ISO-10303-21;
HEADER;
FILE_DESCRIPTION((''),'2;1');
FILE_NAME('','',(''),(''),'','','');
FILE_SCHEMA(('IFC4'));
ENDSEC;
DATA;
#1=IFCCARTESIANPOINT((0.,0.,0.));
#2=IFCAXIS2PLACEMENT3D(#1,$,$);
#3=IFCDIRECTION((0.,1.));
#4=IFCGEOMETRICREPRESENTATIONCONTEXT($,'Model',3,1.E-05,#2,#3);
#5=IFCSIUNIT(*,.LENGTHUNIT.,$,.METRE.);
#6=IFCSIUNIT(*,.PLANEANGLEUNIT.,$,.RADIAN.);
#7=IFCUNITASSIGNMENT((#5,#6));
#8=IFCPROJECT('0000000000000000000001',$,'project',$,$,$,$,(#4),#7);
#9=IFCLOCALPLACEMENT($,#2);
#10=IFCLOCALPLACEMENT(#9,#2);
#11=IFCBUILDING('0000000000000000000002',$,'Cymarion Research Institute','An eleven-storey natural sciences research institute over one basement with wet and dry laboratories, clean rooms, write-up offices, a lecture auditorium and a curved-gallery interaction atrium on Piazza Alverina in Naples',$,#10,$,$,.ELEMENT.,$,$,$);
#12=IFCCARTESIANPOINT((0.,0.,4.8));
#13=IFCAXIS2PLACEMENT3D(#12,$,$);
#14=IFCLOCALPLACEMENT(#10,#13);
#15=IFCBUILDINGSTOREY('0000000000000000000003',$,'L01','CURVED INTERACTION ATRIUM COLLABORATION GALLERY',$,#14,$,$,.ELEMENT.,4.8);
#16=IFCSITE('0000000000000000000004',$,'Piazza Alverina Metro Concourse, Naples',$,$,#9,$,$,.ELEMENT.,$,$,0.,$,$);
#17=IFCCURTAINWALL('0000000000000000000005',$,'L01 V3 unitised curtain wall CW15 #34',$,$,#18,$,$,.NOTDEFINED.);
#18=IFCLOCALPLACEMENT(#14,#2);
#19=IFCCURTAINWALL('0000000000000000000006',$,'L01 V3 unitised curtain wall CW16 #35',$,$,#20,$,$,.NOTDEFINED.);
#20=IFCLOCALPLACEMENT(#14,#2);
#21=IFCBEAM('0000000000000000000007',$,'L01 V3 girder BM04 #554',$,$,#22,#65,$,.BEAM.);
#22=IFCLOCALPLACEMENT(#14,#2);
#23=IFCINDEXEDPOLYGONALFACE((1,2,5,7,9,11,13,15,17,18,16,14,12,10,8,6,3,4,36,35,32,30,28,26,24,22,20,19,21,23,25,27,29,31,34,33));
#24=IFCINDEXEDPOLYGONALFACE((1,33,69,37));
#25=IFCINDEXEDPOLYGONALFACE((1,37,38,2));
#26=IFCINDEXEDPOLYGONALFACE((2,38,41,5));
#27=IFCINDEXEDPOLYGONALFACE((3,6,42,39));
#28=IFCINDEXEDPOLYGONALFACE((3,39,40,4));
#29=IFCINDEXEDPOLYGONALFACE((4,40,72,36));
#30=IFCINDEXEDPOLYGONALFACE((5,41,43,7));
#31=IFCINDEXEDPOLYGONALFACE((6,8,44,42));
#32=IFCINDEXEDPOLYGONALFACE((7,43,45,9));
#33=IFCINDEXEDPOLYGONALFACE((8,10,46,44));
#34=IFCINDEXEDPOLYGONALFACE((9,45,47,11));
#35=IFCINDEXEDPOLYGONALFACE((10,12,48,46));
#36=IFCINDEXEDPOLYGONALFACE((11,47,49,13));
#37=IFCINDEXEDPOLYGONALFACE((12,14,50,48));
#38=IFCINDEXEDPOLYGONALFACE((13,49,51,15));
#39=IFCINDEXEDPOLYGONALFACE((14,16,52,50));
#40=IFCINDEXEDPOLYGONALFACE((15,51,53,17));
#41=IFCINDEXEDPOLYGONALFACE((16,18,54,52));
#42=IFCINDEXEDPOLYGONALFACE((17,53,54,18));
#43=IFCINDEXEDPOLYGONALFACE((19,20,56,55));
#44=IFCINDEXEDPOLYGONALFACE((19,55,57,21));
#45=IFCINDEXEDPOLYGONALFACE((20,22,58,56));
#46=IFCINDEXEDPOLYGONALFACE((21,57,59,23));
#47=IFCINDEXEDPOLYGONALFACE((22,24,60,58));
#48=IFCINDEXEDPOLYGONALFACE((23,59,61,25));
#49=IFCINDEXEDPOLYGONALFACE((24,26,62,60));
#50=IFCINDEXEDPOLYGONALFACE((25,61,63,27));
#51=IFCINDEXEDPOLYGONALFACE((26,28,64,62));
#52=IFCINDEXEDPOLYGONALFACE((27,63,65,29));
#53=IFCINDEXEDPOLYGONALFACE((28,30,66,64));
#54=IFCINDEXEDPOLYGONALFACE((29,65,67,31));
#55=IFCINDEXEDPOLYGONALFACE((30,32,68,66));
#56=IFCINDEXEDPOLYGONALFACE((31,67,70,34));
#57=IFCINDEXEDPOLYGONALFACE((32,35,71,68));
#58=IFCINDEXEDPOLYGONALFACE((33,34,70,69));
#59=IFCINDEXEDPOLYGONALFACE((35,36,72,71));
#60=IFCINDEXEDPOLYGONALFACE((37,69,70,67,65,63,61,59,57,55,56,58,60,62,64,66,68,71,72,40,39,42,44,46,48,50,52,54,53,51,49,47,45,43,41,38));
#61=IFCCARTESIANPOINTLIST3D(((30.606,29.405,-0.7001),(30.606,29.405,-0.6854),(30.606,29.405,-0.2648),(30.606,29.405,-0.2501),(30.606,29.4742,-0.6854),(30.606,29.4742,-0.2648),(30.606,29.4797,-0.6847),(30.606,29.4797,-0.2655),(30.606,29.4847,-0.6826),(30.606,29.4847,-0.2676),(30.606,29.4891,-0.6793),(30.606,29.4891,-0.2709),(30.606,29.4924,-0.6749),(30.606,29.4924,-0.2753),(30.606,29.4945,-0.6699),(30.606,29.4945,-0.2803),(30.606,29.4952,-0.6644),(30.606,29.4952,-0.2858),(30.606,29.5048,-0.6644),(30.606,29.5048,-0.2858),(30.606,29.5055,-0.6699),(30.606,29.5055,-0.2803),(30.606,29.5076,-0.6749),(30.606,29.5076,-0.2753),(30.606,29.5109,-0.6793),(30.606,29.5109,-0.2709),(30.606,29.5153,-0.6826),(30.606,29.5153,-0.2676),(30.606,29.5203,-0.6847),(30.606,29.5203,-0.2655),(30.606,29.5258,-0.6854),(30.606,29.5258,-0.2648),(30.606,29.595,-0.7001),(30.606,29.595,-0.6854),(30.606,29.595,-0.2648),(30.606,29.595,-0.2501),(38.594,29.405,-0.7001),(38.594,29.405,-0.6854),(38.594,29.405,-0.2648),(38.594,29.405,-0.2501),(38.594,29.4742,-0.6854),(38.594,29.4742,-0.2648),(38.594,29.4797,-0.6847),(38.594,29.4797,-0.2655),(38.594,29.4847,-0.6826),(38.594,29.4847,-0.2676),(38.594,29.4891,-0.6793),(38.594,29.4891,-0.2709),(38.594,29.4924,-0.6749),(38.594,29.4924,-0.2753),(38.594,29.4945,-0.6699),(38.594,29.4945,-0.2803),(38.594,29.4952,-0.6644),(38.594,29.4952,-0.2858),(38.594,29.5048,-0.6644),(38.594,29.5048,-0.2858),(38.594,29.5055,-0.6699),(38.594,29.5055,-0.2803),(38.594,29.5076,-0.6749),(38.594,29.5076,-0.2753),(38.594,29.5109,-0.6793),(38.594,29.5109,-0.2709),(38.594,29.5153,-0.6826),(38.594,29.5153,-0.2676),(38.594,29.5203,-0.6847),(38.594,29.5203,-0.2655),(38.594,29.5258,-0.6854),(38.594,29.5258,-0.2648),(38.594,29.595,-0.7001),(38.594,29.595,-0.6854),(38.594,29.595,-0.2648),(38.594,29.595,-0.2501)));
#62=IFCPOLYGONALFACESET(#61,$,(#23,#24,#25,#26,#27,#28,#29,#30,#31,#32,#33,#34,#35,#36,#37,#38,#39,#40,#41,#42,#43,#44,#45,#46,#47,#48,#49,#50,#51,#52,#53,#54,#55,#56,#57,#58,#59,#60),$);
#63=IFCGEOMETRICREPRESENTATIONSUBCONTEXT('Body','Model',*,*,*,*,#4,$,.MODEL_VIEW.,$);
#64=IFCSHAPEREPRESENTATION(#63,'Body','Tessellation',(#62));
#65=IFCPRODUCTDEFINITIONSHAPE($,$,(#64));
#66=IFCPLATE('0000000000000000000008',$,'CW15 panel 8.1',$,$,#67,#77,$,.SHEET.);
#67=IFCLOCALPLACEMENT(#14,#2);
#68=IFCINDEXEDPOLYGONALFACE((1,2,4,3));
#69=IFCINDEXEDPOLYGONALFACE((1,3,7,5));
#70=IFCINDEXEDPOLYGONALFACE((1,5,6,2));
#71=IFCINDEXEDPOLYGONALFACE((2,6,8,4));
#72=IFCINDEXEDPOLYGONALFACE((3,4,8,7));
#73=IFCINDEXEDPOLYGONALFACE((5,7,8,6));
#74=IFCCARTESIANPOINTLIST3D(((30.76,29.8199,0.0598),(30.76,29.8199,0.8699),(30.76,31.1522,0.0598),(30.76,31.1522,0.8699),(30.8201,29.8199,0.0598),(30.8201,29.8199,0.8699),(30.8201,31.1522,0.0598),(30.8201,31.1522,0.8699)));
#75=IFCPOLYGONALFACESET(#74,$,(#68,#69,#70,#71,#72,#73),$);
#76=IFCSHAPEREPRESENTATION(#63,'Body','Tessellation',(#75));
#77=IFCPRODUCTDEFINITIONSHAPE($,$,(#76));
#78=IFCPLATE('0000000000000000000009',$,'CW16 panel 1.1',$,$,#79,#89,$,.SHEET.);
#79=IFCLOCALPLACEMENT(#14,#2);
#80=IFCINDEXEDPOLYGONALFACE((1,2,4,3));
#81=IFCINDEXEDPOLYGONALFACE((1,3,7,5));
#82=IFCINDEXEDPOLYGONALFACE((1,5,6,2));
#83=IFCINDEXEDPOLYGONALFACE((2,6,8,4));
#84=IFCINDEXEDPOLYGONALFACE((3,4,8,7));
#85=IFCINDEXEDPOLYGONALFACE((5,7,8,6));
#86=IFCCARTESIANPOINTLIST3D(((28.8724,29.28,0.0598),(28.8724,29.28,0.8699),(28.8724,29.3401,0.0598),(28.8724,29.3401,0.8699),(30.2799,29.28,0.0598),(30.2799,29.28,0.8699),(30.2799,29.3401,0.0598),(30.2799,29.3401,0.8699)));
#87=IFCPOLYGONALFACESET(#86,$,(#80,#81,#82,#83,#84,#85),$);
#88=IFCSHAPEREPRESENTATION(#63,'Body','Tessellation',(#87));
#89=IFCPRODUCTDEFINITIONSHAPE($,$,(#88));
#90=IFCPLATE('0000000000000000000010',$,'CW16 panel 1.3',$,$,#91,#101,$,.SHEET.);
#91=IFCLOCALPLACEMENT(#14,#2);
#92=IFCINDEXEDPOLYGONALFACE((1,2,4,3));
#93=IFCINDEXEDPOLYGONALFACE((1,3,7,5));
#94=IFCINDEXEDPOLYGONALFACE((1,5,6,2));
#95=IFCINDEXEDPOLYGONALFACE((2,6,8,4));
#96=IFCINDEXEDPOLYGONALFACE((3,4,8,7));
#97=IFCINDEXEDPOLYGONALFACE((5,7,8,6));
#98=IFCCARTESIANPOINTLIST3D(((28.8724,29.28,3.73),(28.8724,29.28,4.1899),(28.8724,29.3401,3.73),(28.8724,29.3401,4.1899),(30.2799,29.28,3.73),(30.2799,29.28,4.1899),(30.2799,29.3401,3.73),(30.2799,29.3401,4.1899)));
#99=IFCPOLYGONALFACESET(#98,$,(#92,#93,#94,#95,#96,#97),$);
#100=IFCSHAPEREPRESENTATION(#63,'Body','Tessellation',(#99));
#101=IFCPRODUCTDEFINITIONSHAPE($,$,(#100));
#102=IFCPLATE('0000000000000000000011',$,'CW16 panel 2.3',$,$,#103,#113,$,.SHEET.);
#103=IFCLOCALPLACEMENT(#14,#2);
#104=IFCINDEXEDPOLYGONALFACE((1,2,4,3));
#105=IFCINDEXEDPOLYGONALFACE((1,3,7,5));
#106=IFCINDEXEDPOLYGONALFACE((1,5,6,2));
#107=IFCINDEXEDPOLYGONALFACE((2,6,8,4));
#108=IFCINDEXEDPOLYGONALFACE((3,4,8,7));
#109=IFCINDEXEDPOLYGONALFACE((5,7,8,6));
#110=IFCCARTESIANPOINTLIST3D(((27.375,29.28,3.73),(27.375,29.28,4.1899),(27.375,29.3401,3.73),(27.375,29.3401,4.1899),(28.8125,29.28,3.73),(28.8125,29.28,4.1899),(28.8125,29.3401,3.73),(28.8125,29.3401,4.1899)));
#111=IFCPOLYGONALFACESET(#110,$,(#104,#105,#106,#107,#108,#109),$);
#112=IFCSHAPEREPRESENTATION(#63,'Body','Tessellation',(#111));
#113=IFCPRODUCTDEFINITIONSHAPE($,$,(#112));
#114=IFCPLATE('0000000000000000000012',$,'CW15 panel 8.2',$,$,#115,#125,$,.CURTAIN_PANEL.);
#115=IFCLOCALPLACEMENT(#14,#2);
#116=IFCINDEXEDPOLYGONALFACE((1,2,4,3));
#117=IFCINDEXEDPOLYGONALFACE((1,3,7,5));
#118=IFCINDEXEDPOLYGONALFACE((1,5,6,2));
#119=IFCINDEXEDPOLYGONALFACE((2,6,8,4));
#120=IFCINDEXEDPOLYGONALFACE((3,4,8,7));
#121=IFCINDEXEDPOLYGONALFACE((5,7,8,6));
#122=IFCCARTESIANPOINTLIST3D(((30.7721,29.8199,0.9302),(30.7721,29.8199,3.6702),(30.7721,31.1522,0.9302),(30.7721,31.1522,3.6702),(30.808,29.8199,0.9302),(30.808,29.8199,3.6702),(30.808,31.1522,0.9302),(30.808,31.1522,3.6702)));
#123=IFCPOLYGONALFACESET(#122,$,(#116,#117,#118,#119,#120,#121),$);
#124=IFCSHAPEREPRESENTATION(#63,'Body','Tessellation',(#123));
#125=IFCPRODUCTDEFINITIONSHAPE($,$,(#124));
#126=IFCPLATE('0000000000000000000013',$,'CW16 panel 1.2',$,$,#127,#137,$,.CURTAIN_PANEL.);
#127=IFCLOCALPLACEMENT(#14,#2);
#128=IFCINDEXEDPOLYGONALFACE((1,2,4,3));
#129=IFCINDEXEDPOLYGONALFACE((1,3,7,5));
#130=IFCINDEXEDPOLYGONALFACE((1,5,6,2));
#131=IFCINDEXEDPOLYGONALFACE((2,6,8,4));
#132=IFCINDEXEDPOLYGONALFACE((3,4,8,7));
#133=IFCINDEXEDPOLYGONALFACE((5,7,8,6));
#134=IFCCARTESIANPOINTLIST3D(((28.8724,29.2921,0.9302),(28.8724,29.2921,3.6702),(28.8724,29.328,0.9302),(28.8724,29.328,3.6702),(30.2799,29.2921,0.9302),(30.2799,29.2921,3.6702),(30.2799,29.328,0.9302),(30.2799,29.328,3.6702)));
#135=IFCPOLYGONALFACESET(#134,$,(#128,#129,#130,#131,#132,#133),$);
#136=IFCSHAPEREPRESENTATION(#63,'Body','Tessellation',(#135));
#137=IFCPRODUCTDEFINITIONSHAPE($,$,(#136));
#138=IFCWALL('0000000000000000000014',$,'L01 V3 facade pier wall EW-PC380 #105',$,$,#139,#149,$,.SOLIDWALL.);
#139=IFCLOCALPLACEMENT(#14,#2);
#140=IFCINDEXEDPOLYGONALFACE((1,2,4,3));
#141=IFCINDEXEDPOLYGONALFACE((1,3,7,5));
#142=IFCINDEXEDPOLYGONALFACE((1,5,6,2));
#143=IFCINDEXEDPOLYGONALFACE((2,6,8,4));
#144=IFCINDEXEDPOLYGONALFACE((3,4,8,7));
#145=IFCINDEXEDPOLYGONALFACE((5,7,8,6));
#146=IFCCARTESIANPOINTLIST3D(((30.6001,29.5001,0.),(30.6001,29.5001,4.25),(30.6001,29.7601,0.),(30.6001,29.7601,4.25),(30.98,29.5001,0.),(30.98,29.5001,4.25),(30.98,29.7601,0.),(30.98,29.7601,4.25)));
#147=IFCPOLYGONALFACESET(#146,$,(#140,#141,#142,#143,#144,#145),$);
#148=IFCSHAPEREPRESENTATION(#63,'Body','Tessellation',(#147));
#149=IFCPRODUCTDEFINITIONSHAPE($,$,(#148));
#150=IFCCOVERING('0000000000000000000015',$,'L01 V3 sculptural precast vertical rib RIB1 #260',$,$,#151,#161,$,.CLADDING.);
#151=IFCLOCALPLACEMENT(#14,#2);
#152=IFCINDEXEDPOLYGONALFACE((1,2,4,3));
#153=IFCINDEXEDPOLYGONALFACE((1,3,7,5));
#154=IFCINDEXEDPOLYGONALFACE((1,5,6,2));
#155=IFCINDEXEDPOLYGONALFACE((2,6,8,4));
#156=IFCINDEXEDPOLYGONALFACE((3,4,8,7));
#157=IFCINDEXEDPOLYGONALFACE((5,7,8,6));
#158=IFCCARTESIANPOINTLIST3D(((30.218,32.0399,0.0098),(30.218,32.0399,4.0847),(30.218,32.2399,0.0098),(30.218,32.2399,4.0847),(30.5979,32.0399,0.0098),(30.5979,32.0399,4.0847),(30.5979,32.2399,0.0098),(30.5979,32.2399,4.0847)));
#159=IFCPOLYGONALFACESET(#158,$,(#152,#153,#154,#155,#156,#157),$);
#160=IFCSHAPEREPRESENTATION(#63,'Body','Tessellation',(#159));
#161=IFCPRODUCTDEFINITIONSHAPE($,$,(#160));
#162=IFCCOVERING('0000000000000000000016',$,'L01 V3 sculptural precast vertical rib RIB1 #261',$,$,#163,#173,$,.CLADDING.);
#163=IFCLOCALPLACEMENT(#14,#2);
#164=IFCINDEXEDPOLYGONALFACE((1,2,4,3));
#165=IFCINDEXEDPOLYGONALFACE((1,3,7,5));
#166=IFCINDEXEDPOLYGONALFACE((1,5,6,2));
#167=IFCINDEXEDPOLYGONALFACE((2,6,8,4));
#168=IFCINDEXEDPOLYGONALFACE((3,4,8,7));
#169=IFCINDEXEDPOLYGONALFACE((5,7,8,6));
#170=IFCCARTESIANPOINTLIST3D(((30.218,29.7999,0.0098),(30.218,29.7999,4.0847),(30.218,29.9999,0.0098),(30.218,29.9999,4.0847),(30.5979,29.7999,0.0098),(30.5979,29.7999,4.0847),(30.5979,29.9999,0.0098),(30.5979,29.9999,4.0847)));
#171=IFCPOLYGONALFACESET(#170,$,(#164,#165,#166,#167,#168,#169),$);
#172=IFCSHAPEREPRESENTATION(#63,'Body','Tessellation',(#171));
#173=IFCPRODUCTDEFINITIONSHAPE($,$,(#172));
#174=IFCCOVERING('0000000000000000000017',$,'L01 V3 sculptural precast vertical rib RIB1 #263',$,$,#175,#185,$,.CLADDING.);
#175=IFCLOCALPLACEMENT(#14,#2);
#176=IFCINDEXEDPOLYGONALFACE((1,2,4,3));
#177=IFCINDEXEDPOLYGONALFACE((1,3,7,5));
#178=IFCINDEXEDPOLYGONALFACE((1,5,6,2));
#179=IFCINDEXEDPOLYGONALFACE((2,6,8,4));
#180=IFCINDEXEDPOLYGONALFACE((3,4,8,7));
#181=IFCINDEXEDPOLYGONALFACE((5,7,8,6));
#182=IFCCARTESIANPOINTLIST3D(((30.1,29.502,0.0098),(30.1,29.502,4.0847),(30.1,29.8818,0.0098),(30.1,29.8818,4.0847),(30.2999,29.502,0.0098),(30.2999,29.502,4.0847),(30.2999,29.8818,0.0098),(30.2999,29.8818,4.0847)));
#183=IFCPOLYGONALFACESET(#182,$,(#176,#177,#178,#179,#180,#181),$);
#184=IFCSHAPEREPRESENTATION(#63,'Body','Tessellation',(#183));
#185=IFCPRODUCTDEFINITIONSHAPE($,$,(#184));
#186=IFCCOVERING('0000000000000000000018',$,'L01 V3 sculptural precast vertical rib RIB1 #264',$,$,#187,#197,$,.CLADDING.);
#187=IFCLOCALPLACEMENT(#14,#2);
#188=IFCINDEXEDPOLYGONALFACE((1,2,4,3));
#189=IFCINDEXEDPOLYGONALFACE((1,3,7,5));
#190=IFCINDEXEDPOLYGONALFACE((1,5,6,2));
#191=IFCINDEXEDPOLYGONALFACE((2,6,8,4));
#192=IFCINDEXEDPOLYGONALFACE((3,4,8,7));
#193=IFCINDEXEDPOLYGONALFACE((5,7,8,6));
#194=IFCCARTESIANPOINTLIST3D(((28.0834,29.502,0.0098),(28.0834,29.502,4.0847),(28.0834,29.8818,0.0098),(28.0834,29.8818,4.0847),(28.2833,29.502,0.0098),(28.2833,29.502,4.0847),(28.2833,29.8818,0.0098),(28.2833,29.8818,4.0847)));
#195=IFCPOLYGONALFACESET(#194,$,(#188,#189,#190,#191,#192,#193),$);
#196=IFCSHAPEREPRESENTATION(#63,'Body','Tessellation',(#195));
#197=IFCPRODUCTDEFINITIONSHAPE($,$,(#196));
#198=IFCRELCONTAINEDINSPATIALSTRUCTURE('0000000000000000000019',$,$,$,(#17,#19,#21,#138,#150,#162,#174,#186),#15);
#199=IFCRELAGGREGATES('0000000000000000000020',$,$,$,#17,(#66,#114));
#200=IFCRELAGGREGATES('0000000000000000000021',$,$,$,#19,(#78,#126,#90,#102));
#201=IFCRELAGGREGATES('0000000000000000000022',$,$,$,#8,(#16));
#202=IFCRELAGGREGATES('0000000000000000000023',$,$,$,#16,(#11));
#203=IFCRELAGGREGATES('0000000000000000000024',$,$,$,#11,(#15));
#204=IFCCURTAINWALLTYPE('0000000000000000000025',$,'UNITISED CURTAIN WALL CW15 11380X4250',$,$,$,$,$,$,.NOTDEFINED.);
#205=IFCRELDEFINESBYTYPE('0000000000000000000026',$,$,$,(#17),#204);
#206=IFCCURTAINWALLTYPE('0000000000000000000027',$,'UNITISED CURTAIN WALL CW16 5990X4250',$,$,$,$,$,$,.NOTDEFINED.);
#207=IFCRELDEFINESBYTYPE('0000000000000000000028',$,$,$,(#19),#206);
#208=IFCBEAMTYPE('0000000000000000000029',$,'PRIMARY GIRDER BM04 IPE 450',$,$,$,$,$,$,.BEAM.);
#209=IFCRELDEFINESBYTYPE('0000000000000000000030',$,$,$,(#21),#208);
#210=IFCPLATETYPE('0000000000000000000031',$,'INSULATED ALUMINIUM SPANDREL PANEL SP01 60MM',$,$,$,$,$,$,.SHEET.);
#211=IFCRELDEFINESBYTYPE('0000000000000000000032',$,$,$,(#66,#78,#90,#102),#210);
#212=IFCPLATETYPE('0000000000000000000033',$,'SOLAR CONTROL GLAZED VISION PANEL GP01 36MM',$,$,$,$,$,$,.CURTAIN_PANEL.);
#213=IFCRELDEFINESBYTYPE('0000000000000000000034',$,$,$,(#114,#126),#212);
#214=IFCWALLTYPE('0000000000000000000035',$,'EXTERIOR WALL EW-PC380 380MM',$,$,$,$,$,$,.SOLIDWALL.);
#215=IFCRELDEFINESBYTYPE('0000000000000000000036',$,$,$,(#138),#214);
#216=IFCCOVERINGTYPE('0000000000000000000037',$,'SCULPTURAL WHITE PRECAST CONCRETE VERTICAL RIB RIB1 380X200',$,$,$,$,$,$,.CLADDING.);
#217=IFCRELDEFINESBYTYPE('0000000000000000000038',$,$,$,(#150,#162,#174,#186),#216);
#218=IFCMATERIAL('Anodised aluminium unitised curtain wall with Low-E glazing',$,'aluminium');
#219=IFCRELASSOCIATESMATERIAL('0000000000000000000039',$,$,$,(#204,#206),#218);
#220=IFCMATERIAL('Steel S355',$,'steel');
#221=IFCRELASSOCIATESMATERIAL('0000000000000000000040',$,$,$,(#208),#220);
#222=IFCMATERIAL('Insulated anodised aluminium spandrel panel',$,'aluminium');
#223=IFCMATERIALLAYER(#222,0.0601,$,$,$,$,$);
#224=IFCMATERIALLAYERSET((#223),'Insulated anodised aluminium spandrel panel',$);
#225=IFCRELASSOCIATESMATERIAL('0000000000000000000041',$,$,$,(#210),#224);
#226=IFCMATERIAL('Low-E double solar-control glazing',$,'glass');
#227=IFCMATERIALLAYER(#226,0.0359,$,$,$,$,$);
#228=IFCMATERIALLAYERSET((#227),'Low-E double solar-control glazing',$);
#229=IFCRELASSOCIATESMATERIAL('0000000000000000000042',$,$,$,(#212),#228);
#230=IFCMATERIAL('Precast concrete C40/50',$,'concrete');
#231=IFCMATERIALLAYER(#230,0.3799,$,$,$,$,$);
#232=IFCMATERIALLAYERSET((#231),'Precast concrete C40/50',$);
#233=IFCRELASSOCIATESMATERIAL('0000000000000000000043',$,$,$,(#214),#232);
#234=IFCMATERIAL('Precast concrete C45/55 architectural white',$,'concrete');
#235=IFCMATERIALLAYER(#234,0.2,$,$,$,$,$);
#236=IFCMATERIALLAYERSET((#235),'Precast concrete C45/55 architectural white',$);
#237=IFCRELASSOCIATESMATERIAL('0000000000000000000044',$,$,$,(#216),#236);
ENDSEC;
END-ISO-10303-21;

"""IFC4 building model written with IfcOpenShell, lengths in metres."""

from ifc_helpers import new_model, si_unit, direction, frame, frame_2d, origin, origin_2d, place, context, subcontext, project, spatial, rectangle, i_section, extrude, material, layer, layer_set, material_profile, profile_set, type_object, element, aggregate, save


model = new_model("IFC4")

# Units and contexts
model_context = context("Model", 3, precision=1e-05, world=origin(), true_north=direction((0.0, 1.0)))
body_context = subcontext(model_context, "Body", "Model", "MODEL_VIEW")
ifc_project = project(units=[si_unit("LENGTHUNIT", "METRE"), si_unit("PLANEANGLEUNIT", "RADIAN")], contexts=[model_context])

# Site, building, storey
site_placement = place(None, origin())
site = spatial("IfcSite", under=ifc_project, at=site_placement, Name="Piazza Alverina Metro Concourse, Naples", CompositionType="ELEMENT", RefElevation=0.0)
building_placement = place(site_placement, origin())
building = spatial("IfcBuilding", under=site, at=building_placement, Name="Cymarion Research Institute", Description="An eleven-storey natural sciences research institute over one basement with wet and dry laboratories, clean rooms, write-up offices, a lecture auditorium and a curved-gallery interaction atrium on Piazza Alverina in Naples", CompositionType="ELEMENT")
storey_placement = place(building_placement, frame((0.0, 0.0, 4.8)))
storey = spatial("IfcBuildingStorey", under=building, at=storey_placement, Name="L01", Description="CURVED INTERACTION ATRIUM COLLABORATION GALLERY", CompositionType="ELEMENT", Elevation=4.8)

# Shared definitions
ifc_material_1 = material(Name="Steel S355", Category="steel")

# Curtain wall
ifc_material_2 = material(Name="Anodised aluminium unitised curtain wall with Low-E glazing", Category="aluminium")
curtain_wall_type_1 = type_object("IfcCurtainWallType", Name="UNITISED CURTAIN WALL CW15 11380X4250", PredefinedType="NOTDEFINED", material=ifc_material_2)
curtain_wall_1_placement = place(storey_placement, origin())
curtain_wall_1 = element("IfcCurtainWall", 1, at=curtain_wall_1_placement, inside=storey, type_object=curtain_wall_type_1, Name="L01 V3 unitised curtain wall CW15 #34", PredefinedType="NOTDEFINED")

# Curtain wall
curtain_wall_type_2 = type_object("IfcCurtainWallType", Name="UNITISED CURTAIN WALL CW16 5990X4250", PredefinedType="NOTDEFINED", material=ifc_material_2)
curtain_wall_2_placement = place(storey_placement, origin())
curtain_wall_2 = element("IfcCurtainWall", 2, at=curtain_wall_2_placement, inside=storey, type_object=curtain_wall_type_2, Name="L01 V3 unitised curtain wall CW16 #35", PredefinedType="NOTDEFINED")

# Beam
ifc_material_profile_1 = material_profile(ifc_material_1, i_section(OverallWidth=0.1899, OverallDepth=0.45, WebThickness=0.0095, FlangeThickness=0.0146, FilletRadius=0.021, at=origin_2d()), Name="IPE 450")
ifc_profile_set_1 = profile_set([ifc_material_profile_1], Name="Steel S355")
beam_type = type_object("IfcBeamType", Name="PRIMARY GIRDER BM04 IPE 450", PredefinedType="BEAM", material=ifc_profile_set_1)
beam_placement = place(storey_placement, frame((30.606, 29.5, -0.4751), z_axis=(1.0, 0.0, 0.0), x_axis=(0.0, 1.0, 0.0)))
element("IfcBeam", 3, at=beam_placement, inside=storey, type_object=beam_type, Name="L01 V3 girder BM04 #554", PredefinedType="BEAM", context=body_context, shape_type="SweptSolid", body=[
    extrude(i_section(OverallWidth=0.1899, OverallDepth=0.45, WebThickness=0.0095, FlangeThickness=0.0146, FilletRadius=0.021, at=origin_2d()), origin(), (0.0, 0.0, 1.0), 7.988),
])

# Plates
ifc_material_3 = material(Name="Insulated anodised aluminium spandrel panel", Category="aluminium")
ifc_layer_1 = layer(ifc_material_3, 0.0601)
ifc_layer_set_1 = layer_set([ifc_layer_1], Name="Insulated anodised aluminium spandrel panel")
plate_type_1 = type_object("IfcPlateType", Name="INSULATED ALUMINIUM SPANDREL PANEL SP01 60MM", PredefinedType="SHEET", material=ifc_layer_set_1)
plate_1_placement = place(storey_placement, frame((30.79, 30.4861, 0.0598), z_axis=(0.0, 0.0, 1.0), x_axis=(0.0, -1.0, 0.0)))
plate_1 = element("IfcPlate", 4, at=plate_1_placement, type_object=plate_type_1, Name="CW15 panel 8.1", PredefinedType="SHEET", context=body_context, shape_type="SweptSolid", body=[
    extrude(rectangle(XDim=1.3323, YDim=0.0601, at=origin_2d()), origin(), (0.0, 0.0, 1.0), 0.8101),
])
plate_2_placement = place(storey_placement, frame((29.5762, 29.3101, 0.0598), z_axis=(0.0, 0.0, 1.0), x_axis=(-1.0, 0.0, 0.0)))
plate_2 = element("IfcPlate", 5, at=plate_2_placement, type_object=plate_type_1, Name="CW16 panel 1.1", PredefinedType="SHEET", context=body_context, shape_type="SweptSolid", body=[
    extrude(rectangle(XDim=1.4075, YDim=0.0601, at=origin_2d()), origin(), (0.0, 0.0, 1.0), 0.8101),
])
plate_3_placement = place(storey_placement, frame((29.5762, 29.3101, 3.73), z_axis=(0.0, 0.0, 1.0), x_axis=(-1.0, 0.0, 0.0)))
plate_3 = element("IfcPlate", 6, at=plate_3_placement, type_object=plate_type_1, Name="CW16 panel 1.3", PredefinedType="SHEET", context=body_context, shape_type="SweptSolid", body=[
    extrude(rectangle(XDim=1.4075, YDim=0.0601, at=origin_2d()), origin(), (0.0, 0.0, 1.0), 0.46),
])
plate_4_placement = place(storey_placement, frame((28.0938, 29.3101, 3.73), z_axis=(0.0, 0.0, 1.0), x_axis=(-1.0, 0.0, 0.0)))
plate_4 = element("IfcPlate", 7, at=plate_4_placement, type_object=plate_type_1, Name="CW16 panel 2.3", PredefinedType="SHEET", context=body_context, shape_type="SweptSolid", body=[
    extrude(rectangle(XDim=1.4375, YDim=0.0601, at=origin_2d()), origin(), (0.0, 0.0, 1.0), 0.46),
])
ifc_material_4 = material(Name="Low-E double solar-control glazing", Category="glass")
ifc_layer_2 = layer(ifc_material_4, 0.0359)
ifc_layer_set_2 = layer_set([ifc_layer_2], Name="Low-E double solar-control glazing")
plate_type_2 = type_object("IfcPlateType", Name="SOLAR CONTROL GLAZED VISION PANEL GP01 36MM", PredefinedType="CURTAIN_PANEL", material=ifc_layer_set_2)
plate_5_placement = place(storey_placement, frame((30.79, 30.4861, 0.9302), z_axis=(0.0, 0.0, 1.0), x_axis=(0.0, -1.0, 0.0)))
plate_5 = element("IfcPlate", 8, at=plate_5_placement, type_object=plate_type_2, Name="CW15 panel 8.2", PredefinedType="CURTAIN_PANEL", context=body_context, shape_type="SweptSolid", body=[
    extrude(rectangle(XDim=1.3323, YDim=0.0359, at=origin_2d()), origin(), (0.0, 0.0, 1.0), 2.74),
])
aggregate(curtain_wall_1, [plate_1, plate_5])
plate_6_placement = place(storey_placement, frame((29.5762, 29.3101, 0.9302), z_axis=(0.0, 0.0, 1.0), x_axis=(-1.0, 0.0, 0.0)))
plate_6 = element("IfcPlate", 9, at=plate_6_placement, type_object=plate_type_2, Name="CW16 panel 1.2", PredefinedType="CURTAIN_PANEL", context=body_context, shape_type="SweptSolid", body=[
    extrude(rectangle(XDim=1.4075, YDim=0.0359, at=origin_2d()), origin(), (0.0, 0.0, 1.0), 2.74),
])
aggregate(curtain_wall_2, [plate_2, plate_6, plate_3, plate_4])

# Wall
ifc_material_5 = material(Name="Precast concrete C40/50", Category="concrete")
ifc_layer_3 = layer(ifc_material_5, 0.3799)
ifc_layer_set_3 = layer_set([ifc_layer_3], Name="Precast concrete C40/50")
wall_type = type_object("IfcWallType", Name="EXTERIOR WALL EW-PC380 380MM", PredefinedType="SOLIDWALL", material=ifc_layer_set_3)
wall_placement = place(storey_placement, frame((30.79, 29.76, 0.0), z_axis=(0.0, 0.0, 1.0), x_axis=(0.0, -1.0, 0.0)))
element("IfcWall", 10, at=wall_placement, inside=storey, type_object=wall_type, Name="L01 V3 facade pier wall EW-PC380 #105", PredefinedType="SOLIDWALL", context=body_context, shape_type="SweptSolid", body=[
    extrude(rectangle(XDim=0.26, YDim=0.3799, at=frame_2d((0.1299, 0.0))), origin(), (0.0, 0.0, 1.0), 4.25),
])

# Coverings
ifc_material_6 = material(Name="Precast concrete C45/55 architectural white", Category="concrete")
ifc_layer_4 = layer(ifc_material_6, 0.2)
ifc_layer_set_4 = layer_set([ifc_layer_4], Name="Precast concrete C45/55 architectural white")
covering_type = type_object("IfcCoveringType", Name="SCULPTURAL WHITE PRECAST CONCRETE VERTICAL RIB RIB1 380X200", PredefinedType="CLADDING", material=ifc_layer_set_4)
for number, where, z_axis, x_axis, name in (
    (11, (30.408, 32.1399, 0.0098), (0.0, 0.0, 1.0), (-1.0, 0.0, 0.0), "L01 V3 sculptural precast vertical rib RIB1 #260"),
    (12, (30.408, 29.8999, 0.0098), (0.0, 0.0, 1.0), (-1.0, 0.0, 0.0), "L01 V3 sculptural precast vertical rib RIB1 #261"),
    (13, (30.2, 29.6919, 0.0098), (0.0, 0.0, 1.0), (0.0, 1.0, 0.0), "L01 V3 sculptural precast vertical rib RIB1 #263"),
    (14, (28.1833, 29.6919, 0.0098), (0.0, 0.0, 1.0), (0.0, 1.0, 0.0), "L01 V3 sculptural precast vertical rib RIB1 #264"),
):
    element("IfcCovering", number, at=place(storey_placement, frame(where, z_axis=z_axis, x_axis=x_axis)), inside=storey, type_object=covering_type, Name=name, PredefinedType="CLADDING", context=body_context, shape_type="SweptSolid", body=[
        extrude(rectangle(XDim=0.3799, YDim=0.2, at=origin_2d()), origin(), (0.0, 0.0, 1.0), 4.075),
    ])

save(model, "model.ifc")
